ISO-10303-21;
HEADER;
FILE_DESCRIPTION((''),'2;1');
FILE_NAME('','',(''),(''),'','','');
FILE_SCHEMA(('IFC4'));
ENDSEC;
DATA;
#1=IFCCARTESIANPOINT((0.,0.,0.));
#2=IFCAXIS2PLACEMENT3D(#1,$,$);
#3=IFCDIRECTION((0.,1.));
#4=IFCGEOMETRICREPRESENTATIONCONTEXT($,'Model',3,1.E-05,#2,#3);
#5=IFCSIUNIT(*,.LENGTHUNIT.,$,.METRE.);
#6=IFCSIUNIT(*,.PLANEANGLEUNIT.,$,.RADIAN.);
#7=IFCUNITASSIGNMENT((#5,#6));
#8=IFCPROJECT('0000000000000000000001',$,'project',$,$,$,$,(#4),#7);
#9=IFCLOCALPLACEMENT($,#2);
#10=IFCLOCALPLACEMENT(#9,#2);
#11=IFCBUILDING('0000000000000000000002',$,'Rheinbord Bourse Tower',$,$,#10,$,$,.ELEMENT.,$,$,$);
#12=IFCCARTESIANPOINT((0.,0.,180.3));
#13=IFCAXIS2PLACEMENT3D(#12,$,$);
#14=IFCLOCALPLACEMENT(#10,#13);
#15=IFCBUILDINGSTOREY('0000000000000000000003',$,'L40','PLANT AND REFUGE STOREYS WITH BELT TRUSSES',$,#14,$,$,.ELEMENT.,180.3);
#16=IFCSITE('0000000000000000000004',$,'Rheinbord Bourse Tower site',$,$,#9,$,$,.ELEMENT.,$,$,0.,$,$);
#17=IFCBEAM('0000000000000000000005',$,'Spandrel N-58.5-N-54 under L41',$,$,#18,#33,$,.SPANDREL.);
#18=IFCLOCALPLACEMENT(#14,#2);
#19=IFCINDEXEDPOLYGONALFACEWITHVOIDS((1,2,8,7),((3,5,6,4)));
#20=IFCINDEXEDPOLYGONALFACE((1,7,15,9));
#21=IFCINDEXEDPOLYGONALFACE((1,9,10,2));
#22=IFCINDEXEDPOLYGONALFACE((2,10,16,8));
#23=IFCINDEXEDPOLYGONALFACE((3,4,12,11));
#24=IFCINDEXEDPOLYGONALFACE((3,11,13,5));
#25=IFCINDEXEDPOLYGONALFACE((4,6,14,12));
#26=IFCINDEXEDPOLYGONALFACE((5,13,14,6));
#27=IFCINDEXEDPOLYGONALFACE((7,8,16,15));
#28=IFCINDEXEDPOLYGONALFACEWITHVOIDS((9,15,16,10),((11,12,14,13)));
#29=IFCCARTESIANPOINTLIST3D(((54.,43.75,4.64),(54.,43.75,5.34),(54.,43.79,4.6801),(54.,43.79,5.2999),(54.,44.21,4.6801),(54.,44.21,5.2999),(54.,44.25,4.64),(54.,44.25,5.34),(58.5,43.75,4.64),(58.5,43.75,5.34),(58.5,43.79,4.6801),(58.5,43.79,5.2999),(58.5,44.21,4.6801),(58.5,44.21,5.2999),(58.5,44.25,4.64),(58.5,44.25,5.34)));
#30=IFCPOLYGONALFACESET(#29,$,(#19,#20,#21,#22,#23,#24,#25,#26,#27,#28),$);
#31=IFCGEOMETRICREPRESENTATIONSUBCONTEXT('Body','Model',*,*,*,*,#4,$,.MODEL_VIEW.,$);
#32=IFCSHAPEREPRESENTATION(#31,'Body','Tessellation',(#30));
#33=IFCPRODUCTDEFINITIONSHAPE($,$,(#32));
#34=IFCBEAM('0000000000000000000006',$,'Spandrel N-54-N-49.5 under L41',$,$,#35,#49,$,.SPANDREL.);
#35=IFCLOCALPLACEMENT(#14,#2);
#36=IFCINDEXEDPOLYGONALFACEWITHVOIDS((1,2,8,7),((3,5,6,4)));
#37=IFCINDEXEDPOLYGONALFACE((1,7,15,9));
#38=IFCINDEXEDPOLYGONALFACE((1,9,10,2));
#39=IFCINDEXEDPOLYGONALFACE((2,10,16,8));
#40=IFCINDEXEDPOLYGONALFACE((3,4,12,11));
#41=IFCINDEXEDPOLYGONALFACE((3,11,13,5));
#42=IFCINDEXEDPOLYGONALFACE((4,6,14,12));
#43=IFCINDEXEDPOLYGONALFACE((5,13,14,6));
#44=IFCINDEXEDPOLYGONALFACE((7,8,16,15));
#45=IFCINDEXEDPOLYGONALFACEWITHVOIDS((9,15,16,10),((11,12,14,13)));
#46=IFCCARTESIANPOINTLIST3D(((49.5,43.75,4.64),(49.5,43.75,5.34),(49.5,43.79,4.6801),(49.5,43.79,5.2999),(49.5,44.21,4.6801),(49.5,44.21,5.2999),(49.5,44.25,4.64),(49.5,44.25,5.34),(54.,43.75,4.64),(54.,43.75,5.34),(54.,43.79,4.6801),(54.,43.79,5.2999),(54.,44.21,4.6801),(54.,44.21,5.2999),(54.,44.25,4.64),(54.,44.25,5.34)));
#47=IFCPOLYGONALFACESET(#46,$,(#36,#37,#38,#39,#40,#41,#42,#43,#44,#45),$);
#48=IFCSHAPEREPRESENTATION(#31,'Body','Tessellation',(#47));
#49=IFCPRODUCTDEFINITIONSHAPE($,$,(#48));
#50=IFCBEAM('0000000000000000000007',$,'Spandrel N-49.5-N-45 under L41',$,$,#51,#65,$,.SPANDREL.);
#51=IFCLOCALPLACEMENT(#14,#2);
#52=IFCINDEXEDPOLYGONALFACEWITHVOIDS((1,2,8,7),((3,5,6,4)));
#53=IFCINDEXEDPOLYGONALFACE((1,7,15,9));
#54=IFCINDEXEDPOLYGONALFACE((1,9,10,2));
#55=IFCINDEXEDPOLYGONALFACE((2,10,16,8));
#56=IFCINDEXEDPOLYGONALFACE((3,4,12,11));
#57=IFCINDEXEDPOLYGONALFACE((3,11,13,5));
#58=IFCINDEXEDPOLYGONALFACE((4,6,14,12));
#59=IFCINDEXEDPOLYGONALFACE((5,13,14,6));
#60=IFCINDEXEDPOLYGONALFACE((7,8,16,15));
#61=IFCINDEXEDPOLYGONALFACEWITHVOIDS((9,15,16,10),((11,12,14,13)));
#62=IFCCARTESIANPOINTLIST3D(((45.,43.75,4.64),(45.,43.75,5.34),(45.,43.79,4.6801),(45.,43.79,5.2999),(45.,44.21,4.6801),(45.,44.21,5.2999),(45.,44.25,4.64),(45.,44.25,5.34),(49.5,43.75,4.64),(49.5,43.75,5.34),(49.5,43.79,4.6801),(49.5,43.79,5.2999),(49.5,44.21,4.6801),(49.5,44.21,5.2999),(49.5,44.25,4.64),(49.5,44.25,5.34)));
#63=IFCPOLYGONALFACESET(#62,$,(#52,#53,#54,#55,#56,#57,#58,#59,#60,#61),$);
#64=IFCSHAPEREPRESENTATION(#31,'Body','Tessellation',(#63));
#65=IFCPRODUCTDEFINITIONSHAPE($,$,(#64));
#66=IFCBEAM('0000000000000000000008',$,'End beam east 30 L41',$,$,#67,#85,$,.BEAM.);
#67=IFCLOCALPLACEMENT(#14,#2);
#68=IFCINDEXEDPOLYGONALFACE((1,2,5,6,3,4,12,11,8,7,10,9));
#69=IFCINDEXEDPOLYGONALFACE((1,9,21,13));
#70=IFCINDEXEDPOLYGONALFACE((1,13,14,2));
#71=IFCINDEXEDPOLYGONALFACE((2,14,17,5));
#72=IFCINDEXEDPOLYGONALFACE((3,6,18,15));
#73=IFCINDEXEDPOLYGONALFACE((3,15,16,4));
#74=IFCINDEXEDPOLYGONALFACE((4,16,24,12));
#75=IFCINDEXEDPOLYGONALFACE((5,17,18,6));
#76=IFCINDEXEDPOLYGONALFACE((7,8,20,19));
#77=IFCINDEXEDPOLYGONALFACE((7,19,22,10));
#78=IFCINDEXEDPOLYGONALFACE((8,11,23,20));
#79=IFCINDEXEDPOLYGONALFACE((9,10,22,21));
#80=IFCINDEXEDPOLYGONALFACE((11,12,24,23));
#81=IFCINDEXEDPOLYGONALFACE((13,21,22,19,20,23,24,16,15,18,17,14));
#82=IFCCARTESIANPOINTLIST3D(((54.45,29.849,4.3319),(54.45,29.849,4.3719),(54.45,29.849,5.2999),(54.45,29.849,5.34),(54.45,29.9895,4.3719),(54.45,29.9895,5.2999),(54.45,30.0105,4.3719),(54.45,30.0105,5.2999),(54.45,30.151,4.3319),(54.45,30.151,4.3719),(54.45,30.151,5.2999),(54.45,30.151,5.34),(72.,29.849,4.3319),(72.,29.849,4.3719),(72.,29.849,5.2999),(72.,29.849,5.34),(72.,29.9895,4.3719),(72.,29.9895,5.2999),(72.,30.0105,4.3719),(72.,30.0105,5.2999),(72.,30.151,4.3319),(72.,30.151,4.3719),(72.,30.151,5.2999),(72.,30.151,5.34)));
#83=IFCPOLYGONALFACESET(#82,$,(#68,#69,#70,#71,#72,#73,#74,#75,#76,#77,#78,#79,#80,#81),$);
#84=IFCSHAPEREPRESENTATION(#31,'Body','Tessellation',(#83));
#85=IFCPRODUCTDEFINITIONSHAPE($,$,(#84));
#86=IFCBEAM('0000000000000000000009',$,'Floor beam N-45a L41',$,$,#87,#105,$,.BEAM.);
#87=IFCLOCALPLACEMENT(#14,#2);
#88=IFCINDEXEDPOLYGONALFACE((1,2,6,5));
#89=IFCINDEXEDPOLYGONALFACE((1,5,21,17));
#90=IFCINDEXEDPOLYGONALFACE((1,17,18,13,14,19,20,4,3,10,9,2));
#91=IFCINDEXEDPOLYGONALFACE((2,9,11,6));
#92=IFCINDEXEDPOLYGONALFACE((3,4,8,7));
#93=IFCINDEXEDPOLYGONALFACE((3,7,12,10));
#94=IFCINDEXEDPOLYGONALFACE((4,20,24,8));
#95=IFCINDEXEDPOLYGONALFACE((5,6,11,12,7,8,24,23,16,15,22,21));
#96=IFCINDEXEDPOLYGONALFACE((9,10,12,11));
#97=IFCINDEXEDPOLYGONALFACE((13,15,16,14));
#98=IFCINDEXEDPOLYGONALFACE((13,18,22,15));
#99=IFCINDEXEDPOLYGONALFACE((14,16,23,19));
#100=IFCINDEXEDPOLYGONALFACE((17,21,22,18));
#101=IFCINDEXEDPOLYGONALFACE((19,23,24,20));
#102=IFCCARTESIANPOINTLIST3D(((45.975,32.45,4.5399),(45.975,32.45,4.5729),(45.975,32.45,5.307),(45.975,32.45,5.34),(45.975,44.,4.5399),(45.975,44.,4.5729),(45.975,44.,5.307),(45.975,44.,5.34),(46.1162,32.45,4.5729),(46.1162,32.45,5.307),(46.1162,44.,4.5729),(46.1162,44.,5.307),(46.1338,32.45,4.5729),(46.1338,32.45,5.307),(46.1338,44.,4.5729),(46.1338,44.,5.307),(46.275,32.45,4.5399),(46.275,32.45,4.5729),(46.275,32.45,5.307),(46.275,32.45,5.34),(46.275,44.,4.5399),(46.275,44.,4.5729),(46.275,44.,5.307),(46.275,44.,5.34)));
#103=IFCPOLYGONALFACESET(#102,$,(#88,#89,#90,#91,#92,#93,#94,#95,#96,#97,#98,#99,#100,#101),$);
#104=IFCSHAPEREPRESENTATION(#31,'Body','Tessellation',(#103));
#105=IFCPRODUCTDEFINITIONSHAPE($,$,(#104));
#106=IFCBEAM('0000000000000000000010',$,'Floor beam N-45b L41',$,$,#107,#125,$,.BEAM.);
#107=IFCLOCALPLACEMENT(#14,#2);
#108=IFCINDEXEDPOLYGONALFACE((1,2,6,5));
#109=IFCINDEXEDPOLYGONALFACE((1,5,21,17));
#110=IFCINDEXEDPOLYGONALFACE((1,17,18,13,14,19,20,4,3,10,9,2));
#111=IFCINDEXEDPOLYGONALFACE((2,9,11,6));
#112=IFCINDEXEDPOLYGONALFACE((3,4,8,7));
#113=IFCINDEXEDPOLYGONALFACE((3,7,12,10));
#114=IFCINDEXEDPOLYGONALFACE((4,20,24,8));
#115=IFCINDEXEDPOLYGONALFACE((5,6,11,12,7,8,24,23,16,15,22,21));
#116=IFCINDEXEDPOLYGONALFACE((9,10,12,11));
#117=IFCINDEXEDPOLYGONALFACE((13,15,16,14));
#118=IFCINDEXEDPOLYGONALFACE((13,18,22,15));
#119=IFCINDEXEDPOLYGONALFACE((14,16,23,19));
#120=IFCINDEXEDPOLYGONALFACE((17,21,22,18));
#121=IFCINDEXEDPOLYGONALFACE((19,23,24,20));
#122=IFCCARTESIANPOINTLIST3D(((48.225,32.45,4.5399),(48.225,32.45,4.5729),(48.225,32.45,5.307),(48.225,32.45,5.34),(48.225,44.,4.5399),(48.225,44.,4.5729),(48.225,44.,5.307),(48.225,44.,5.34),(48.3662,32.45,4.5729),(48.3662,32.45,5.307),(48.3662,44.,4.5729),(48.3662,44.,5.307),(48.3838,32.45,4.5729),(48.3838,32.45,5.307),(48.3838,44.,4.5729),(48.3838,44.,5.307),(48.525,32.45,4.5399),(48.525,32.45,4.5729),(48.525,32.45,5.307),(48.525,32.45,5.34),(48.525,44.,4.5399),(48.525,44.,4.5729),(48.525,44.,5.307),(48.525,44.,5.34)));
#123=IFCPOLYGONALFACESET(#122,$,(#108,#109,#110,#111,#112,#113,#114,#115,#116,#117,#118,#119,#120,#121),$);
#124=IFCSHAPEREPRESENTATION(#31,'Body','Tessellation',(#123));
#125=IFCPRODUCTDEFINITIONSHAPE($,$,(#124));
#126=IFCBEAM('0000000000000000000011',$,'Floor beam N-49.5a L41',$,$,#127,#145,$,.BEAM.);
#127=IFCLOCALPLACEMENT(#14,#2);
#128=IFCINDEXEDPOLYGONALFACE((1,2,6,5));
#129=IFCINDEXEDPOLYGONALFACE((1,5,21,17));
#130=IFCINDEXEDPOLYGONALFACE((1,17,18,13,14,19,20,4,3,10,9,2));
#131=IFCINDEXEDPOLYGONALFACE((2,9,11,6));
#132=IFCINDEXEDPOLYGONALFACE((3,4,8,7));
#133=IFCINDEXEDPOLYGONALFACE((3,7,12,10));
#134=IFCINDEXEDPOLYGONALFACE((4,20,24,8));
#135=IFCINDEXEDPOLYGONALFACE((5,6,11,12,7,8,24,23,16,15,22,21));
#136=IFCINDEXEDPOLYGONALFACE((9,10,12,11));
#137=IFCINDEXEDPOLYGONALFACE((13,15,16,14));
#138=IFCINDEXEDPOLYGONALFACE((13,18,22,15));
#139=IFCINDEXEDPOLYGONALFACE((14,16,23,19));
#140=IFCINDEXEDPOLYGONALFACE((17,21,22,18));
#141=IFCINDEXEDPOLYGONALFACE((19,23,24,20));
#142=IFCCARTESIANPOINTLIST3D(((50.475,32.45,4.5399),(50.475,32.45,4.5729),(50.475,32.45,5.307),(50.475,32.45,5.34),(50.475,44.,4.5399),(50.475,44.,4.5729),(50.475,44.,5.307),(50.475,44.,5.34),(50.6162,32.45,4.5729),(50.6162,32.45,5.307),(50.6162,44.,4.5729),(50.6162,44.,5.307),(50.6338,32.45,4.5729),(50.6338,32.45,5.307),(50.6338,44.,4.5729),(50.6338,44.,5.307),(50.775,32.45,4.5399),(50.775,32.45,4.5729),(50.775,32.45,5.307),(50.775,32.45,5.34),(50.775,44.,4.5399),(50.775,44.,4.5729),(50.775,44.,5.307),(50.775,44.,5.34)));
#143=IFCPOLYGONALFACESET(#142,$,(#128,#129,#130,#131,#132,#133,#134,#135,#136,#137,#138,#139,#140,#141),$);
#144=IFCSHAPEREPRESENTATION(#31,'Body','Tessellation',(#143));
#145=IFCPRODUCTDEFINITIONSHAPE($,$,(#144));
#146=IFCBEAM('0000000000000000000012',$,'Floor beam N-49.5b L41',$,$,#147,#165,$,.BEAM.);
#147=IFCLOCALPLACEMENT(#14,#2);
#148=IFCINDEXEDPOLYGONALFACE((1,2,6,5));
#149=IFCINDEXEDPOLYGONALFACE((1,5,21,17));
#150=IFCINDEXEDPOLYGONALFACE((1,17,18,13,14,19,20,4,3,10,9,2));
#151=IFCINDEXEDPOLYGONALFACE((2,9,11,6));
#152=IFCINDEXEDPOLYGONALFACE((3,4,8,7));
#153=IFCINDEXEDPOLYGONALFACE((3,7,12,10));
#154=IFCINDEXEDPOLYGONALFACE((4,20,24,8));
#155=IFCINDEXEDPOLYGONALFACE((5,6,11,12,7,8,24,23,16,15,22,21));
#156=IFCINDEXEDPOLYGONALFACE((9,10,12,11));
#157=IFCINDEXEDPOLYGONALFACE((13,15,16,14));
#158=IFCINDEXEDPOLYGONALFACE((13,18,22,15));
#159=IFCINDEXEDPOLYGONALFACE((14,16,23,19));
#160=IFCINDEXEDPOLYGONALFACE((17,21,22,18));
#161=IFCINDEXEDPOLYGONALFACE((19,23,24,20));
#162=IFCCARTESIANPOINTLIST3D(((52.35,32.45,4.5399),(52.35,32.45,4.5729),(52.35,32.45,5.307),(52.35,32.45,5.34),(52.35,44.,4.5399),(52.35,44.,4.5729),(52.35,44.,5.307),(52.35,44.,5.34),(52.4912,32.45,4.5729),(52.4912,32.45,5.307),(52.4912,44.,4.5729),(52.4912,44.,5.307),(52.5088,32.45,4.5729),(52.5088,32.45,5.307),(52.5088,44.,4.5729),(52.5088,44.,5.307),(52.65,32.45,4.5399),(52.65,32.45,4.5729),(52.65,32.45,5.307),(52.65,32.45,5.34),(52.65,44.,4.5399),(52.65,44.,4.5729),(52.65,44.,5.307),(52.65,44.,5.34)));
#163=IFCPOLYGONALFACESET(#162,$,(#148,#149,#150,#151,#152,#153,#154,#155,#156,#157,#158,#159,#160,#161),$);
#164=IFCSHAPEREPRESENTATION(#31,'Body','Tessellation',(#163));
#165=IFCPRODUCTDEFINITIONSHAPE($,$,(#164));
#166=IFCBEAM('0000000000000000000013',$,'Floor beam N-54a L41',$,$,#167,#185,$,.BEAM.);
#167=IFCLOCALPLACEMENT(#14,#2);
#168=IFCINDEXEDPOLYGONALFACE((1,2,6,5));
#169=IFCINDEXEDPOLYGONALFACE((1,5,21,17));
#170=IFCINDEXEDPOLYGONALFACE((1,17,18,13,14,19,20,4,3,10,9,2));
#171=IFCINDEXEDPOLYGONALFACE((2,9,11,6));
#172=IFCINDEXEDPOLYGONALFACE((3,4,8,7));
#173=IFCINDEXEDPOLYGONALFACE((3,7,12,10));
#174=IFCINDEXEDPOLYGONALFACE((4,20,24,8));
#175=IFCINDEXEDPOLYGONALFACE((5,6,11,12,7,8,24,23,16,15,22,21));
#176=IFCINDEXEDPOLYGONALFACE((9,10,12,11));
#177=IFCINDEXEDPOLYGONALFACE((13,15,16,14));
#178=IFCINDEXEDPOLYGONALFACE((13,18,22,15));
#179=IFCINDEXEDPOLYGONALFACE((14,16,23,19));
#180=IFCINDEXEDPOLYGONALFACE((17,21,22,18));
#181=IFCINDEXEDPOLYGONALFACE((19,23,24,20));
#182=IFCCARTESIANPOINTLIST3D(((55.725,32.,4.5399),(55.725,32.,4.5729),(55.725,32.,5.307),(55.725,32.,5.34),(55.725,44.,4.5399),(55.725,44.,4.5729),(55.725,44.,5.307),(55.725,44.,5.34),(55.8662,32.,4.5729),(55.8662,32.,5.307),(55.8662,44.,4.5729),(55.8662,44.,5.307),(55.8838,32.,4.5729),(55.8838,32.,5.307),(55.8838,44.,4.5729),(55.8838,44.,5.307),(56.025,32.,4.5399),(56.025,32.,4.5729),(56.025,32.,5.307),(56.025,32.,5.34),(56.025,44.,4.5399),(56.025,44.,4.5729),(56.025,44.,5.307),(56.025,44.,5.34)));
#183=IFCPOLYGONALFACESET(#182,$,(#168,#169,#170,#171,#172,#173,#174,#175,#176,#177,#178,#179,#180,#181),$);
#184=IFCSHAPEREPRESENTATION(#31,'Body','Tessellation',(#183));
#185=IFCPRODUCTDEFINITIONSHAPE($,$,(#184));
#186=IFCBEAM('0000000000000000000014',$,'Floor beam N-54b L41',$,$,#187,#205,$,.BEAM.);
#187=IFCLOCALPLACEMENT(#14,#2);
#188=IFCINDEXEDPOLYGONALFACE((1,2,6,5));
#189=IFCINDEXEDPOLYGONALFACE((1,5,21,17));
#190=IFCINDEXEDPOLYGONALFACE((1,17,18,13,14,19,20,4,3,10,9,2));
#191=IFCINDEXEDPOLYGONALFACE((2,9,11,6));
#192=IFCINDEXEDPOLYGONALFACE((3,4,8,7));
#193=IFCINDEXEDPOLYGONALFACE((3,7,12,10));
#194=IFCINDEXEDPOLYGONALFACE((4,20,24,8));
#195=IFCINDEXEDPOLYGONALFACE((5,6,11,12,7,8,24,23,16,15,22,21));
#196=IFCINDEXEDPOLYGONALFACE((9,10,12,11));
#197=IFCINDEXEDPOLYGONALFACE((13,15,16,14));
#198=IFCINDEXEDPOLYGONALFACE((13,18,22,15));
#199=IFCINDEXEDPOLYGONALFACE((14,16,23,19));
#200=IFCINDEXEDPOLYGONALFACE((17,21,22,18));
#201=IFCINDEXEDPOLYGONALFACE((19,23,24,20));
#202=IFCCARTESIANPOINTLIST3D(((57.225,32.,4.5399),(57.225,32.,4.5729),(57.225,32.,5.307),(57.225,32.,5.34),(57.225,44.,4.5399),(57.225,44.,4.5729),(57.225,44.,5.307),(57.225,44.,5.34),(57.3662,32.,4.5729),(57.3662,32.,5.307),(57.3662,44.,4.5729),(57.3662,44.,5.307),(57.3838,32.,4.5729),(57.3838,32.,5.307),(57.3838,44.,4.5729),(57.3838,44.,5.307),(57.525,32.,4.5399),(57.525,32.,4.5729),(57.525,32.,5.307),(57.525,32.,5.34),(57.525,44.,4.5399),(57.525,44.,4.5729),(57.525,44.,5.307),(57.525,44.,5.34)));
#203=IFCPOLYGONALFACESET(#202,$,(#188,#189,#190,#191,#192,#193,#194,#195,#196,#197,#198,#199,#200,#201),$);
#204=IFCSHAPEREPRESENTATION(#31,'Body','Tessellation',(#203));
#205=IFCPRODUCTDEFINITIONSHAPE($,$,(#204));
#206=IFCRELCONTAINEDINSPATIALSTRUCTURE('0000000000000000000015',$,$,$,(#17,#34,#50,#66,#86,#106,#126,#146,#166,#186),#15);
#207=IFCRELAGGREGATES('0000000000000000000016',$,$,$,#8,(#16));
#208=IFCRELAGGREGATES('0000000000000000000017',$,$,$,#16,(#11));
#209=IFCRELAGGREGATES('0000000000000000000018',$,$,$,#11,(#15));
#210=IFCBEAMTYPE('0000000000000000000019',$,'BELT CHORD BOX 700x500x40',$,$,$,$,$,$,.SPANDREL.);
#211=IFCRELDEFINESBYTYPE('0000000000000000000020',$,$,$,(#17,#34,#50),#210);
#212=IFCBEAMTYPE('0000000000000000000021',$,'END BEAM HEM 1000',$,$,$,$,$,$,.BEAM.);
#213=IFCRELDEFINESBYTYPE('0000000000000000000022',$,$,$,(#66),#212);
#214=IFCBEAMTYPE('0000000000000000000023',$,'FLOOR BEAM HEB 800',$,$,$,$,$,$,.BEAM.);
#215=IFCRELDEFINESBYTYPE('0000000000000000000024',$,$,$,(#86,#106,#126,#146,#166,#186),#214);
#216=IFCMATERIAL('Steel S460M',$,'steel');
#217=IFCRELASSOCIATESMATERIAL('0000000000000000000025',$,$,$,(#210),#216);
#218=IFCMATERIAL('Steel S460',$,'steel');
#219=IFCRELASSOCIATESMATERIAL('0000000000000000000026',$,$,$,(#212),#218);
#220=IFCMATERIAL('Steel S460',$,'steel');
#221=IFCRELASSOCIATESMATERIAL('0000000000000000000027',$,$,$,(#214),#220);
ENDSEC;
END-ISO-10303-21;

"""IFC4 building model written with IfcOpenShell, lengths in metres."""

from ifc_helpers import new_model, si_unit, direction, frame, origin, origin_2d, place, context, subcontext, project, spatial, hollow_rectangle, i_section, extrude, material, material_profile, profile_set, type_object, element, save


model = new_model("IFC4")

# Units and contexts
model_context = context("Model", 3, precision=1e-05, world=origin(), true_north=direction((0.0, 1.0)))
body_context = subcontext(model_context, "Body", "Model", "MODEL_VIEW")
ifc_project = project(units=[si_unit("LENGTHUNIT", "METRE"), si_unit("PLANEANGLEUNIT", "RADIAN")], contexts=[model_context])

# Site, building, storey
site_placement = place(None, origin())
site = spatial("IfcSite", under=ifc_project, at=site_placement, Name="Rheinbord Bourse Tower site", CompositionType="ELEMENT", RefElevation=0.0)
building_placement = place(site_placement, origin())
building = spatial("IfcBuilding", under=site, at=building_placement, Name="Rheinbord Bourse Tower", CompositionType="ELEMENT")
storey_placement = place(building_placement, frame((0.0, 0.0, 180.3)))
storey = spatial("IfcBuildingStorey", under=building, at=storey_placement, Name="L40", Description="PLANT AND REFUGE STOREYS WITH BELT TRUSSES", CompositionType="ELEMENT", Elevation=180.3)

# Beams
ifc_material_1 = material(Name="Steel S460M", Category="steel")
ifc_material_profile_1 = material_profile(ifc_material_1, hollow_rectangle(XDim=0.5, YDim=0.7, WallThickness=0.04, at=origin_2d()), Name="BOX 700x500x40")
ifc_profile_set_1 = profile_set([ifc_material_profile_1], Name="Steel S460M")
beam_type_1 = type_object("IfcBeamType", Name="BELT CHORD BOX 700x500x40", PredefinedType="SPANDREL", material=ifc_profile_set_1)
for number, where, z_axis, x_axis, name in (
    (1, (58.5, 44.0, 4.99), (-1.0, 0.0, 0.0), (0.0, -1.0, 0.0), "Spandrel N-58.5-N-54 under L41"),
    (2, (54.0, 44.0, 4.99), (-1.0, 0.0, 0.0), (0.0, -1.0, 0.0), "Spandrel N-54-N-49.5 under L41"),
    (3, (49.5, 44.0, 4.99), (-1.0, 0.0, 0.0), (0.0, -1.0, 0.0), "Spandrel N-49.5-N-45 under L41"),
):
    element("IfcBeam", number, at=place(storey_placement, frame(where, z_axis=z_axis, x_axis=x_axis)), inside=storey, type_object=beam_type_1, Name=name, PredefinedType="SPANDREL", context=body_context, shape_type="SweptSolid", body=[
        extrude(hollow_rectangle(XDim=0.5, YDim=0.7, WallThickness=0.04, at=origin_2d()), origin(), (0.0, 0.0, 1.0), 4.5),
    ])
ifc_material_2 = material(Name="Steel S460", Category="steel")
ifc_material_profile_2 = material_profile(ifc_material_2, i_section(OverallWidth=0.302, OverallDepth=1.0081, WebThickness=0.021, FlangeThickness=0.04, at=origin_2d()), Name="HEM 1000")
ifc_profile_set_2 = profile_set([ifc_material_profile_2], Name="Steel S460")
beam_type_2 = type_object("IfcBeamType", Name="END BEAM HEM 1000", PredefinedType="BEAM", material=ifc_profile_set_2)
beam_1_placement = place(storey_placement, frame((54.45, 30.0, 4.8359), z_axis=(1.0, 0.0, 0.0), x_axis=(0.0, 1.0, 0.0)))
element("IfcBeam", 4, at=beam_1_placement, inside=storey, type_object=beam_type_2, Name="End beam east 30 L41", PredefinedType="BEAM", context=body_context, shape_type="SweptSolid", body=[
    extrude(i_section(OverallWidth=0.302, OverallDepth=1.0081, WebThickness=0.021, FlangeThickness=0.04, at=origin_2d()), origin(), (0.0, 0.0, 1.0), 17.55),
])
ifc_material_3 = material(Name="Steel S460", Category="steel")
ifc_material_profile_3 = material_profile(ifc_material_3, i_section(OverallWidth=0.3, OverallDepth=0.8, WebThickness=0.0176, FlangeThickness=0.033, at=origin_2d()), Name="HEB 800")
ifc_profile_set_3 = profile_set([ifc_material_profile_3], Name="Steel S460")
beam_type_3 = type_object("IfcBeamType", Name="FLOOR BEAM HEB 800", PredefinedType="BEAM", material=ifc_profile_set_3)
for number, where, z_axis, x_axis, name in (
    (5, (46.125, 44.0, 4.9399), (0.0, -1.0, 0.0), (1.0, 0.0, 0.0), "Floor beam N-45a L41"),
    (6, (48.375, 44.0, 4.9399), (0.0, -1.0, 0.0), (1.0, 0.0, 0.0), "Floor beam N-45b L41"),
    (7, (50.625, 44.0, 4.9399), (0.0, -1.0, 0.0), (1.0, 0.0, 0.0), "Floor beam N-49.5a L41"),
    (8, (52.5, 44.0, 4.9399), (0.0, -1.0, 0.0), (1.0, 0.0, 0.0), "Floor beam N-49.5b L41"),
):
    element("IfcBeam", number, at=place(storey_placement, frame(where, z_axis=z_axis, x_axis=x_axis)), inside=storey, type_object=beam_type_3, Name=name, PredefinedType="BEAM", context=body_context, shape_type="SweptSolid", body=[
        extrude(i_section(OverallWidth=0.3, OverallDepth=0.8, WebThickness=0.0176, FlangeThickness=0.033, at=origin_2d()), origin(), (0.0, 0.0, 1.0), 11.55),
    ])
for number, where, z_axis, x_axis, name in (
    (9, (55.875, 44.0, 4.9399), (0.0, -1.0, 0.0), (1.0, 0.0, 0.0), "Floor beam N-54a L41"),
    (10, (57.375, 44.0, 4.9399), (0.0, -1.0, 0.0), (1.0, 0.0, 0.0), "Floor beam N-54b L41"),
):
    element("IfcBeam", number, at=place(storey_placement, frame(where, z_axis=z_axis, x_axis=x_axis)), inside=storey, type_object=beam_type_3, Name=name, PredefinedType="BEAM", context=body_context, shape_type="SweptSolid", body=[
        extrude(i_section(OverallWidth=0.3, OverallDepth=0.8, WebThickness=0.0176, FlangeThickness=0.033, at=origin_2d()), origin(), (0.0, 0.0, 1.0), 12.0),
    ])

save(model, "model.ifc")
